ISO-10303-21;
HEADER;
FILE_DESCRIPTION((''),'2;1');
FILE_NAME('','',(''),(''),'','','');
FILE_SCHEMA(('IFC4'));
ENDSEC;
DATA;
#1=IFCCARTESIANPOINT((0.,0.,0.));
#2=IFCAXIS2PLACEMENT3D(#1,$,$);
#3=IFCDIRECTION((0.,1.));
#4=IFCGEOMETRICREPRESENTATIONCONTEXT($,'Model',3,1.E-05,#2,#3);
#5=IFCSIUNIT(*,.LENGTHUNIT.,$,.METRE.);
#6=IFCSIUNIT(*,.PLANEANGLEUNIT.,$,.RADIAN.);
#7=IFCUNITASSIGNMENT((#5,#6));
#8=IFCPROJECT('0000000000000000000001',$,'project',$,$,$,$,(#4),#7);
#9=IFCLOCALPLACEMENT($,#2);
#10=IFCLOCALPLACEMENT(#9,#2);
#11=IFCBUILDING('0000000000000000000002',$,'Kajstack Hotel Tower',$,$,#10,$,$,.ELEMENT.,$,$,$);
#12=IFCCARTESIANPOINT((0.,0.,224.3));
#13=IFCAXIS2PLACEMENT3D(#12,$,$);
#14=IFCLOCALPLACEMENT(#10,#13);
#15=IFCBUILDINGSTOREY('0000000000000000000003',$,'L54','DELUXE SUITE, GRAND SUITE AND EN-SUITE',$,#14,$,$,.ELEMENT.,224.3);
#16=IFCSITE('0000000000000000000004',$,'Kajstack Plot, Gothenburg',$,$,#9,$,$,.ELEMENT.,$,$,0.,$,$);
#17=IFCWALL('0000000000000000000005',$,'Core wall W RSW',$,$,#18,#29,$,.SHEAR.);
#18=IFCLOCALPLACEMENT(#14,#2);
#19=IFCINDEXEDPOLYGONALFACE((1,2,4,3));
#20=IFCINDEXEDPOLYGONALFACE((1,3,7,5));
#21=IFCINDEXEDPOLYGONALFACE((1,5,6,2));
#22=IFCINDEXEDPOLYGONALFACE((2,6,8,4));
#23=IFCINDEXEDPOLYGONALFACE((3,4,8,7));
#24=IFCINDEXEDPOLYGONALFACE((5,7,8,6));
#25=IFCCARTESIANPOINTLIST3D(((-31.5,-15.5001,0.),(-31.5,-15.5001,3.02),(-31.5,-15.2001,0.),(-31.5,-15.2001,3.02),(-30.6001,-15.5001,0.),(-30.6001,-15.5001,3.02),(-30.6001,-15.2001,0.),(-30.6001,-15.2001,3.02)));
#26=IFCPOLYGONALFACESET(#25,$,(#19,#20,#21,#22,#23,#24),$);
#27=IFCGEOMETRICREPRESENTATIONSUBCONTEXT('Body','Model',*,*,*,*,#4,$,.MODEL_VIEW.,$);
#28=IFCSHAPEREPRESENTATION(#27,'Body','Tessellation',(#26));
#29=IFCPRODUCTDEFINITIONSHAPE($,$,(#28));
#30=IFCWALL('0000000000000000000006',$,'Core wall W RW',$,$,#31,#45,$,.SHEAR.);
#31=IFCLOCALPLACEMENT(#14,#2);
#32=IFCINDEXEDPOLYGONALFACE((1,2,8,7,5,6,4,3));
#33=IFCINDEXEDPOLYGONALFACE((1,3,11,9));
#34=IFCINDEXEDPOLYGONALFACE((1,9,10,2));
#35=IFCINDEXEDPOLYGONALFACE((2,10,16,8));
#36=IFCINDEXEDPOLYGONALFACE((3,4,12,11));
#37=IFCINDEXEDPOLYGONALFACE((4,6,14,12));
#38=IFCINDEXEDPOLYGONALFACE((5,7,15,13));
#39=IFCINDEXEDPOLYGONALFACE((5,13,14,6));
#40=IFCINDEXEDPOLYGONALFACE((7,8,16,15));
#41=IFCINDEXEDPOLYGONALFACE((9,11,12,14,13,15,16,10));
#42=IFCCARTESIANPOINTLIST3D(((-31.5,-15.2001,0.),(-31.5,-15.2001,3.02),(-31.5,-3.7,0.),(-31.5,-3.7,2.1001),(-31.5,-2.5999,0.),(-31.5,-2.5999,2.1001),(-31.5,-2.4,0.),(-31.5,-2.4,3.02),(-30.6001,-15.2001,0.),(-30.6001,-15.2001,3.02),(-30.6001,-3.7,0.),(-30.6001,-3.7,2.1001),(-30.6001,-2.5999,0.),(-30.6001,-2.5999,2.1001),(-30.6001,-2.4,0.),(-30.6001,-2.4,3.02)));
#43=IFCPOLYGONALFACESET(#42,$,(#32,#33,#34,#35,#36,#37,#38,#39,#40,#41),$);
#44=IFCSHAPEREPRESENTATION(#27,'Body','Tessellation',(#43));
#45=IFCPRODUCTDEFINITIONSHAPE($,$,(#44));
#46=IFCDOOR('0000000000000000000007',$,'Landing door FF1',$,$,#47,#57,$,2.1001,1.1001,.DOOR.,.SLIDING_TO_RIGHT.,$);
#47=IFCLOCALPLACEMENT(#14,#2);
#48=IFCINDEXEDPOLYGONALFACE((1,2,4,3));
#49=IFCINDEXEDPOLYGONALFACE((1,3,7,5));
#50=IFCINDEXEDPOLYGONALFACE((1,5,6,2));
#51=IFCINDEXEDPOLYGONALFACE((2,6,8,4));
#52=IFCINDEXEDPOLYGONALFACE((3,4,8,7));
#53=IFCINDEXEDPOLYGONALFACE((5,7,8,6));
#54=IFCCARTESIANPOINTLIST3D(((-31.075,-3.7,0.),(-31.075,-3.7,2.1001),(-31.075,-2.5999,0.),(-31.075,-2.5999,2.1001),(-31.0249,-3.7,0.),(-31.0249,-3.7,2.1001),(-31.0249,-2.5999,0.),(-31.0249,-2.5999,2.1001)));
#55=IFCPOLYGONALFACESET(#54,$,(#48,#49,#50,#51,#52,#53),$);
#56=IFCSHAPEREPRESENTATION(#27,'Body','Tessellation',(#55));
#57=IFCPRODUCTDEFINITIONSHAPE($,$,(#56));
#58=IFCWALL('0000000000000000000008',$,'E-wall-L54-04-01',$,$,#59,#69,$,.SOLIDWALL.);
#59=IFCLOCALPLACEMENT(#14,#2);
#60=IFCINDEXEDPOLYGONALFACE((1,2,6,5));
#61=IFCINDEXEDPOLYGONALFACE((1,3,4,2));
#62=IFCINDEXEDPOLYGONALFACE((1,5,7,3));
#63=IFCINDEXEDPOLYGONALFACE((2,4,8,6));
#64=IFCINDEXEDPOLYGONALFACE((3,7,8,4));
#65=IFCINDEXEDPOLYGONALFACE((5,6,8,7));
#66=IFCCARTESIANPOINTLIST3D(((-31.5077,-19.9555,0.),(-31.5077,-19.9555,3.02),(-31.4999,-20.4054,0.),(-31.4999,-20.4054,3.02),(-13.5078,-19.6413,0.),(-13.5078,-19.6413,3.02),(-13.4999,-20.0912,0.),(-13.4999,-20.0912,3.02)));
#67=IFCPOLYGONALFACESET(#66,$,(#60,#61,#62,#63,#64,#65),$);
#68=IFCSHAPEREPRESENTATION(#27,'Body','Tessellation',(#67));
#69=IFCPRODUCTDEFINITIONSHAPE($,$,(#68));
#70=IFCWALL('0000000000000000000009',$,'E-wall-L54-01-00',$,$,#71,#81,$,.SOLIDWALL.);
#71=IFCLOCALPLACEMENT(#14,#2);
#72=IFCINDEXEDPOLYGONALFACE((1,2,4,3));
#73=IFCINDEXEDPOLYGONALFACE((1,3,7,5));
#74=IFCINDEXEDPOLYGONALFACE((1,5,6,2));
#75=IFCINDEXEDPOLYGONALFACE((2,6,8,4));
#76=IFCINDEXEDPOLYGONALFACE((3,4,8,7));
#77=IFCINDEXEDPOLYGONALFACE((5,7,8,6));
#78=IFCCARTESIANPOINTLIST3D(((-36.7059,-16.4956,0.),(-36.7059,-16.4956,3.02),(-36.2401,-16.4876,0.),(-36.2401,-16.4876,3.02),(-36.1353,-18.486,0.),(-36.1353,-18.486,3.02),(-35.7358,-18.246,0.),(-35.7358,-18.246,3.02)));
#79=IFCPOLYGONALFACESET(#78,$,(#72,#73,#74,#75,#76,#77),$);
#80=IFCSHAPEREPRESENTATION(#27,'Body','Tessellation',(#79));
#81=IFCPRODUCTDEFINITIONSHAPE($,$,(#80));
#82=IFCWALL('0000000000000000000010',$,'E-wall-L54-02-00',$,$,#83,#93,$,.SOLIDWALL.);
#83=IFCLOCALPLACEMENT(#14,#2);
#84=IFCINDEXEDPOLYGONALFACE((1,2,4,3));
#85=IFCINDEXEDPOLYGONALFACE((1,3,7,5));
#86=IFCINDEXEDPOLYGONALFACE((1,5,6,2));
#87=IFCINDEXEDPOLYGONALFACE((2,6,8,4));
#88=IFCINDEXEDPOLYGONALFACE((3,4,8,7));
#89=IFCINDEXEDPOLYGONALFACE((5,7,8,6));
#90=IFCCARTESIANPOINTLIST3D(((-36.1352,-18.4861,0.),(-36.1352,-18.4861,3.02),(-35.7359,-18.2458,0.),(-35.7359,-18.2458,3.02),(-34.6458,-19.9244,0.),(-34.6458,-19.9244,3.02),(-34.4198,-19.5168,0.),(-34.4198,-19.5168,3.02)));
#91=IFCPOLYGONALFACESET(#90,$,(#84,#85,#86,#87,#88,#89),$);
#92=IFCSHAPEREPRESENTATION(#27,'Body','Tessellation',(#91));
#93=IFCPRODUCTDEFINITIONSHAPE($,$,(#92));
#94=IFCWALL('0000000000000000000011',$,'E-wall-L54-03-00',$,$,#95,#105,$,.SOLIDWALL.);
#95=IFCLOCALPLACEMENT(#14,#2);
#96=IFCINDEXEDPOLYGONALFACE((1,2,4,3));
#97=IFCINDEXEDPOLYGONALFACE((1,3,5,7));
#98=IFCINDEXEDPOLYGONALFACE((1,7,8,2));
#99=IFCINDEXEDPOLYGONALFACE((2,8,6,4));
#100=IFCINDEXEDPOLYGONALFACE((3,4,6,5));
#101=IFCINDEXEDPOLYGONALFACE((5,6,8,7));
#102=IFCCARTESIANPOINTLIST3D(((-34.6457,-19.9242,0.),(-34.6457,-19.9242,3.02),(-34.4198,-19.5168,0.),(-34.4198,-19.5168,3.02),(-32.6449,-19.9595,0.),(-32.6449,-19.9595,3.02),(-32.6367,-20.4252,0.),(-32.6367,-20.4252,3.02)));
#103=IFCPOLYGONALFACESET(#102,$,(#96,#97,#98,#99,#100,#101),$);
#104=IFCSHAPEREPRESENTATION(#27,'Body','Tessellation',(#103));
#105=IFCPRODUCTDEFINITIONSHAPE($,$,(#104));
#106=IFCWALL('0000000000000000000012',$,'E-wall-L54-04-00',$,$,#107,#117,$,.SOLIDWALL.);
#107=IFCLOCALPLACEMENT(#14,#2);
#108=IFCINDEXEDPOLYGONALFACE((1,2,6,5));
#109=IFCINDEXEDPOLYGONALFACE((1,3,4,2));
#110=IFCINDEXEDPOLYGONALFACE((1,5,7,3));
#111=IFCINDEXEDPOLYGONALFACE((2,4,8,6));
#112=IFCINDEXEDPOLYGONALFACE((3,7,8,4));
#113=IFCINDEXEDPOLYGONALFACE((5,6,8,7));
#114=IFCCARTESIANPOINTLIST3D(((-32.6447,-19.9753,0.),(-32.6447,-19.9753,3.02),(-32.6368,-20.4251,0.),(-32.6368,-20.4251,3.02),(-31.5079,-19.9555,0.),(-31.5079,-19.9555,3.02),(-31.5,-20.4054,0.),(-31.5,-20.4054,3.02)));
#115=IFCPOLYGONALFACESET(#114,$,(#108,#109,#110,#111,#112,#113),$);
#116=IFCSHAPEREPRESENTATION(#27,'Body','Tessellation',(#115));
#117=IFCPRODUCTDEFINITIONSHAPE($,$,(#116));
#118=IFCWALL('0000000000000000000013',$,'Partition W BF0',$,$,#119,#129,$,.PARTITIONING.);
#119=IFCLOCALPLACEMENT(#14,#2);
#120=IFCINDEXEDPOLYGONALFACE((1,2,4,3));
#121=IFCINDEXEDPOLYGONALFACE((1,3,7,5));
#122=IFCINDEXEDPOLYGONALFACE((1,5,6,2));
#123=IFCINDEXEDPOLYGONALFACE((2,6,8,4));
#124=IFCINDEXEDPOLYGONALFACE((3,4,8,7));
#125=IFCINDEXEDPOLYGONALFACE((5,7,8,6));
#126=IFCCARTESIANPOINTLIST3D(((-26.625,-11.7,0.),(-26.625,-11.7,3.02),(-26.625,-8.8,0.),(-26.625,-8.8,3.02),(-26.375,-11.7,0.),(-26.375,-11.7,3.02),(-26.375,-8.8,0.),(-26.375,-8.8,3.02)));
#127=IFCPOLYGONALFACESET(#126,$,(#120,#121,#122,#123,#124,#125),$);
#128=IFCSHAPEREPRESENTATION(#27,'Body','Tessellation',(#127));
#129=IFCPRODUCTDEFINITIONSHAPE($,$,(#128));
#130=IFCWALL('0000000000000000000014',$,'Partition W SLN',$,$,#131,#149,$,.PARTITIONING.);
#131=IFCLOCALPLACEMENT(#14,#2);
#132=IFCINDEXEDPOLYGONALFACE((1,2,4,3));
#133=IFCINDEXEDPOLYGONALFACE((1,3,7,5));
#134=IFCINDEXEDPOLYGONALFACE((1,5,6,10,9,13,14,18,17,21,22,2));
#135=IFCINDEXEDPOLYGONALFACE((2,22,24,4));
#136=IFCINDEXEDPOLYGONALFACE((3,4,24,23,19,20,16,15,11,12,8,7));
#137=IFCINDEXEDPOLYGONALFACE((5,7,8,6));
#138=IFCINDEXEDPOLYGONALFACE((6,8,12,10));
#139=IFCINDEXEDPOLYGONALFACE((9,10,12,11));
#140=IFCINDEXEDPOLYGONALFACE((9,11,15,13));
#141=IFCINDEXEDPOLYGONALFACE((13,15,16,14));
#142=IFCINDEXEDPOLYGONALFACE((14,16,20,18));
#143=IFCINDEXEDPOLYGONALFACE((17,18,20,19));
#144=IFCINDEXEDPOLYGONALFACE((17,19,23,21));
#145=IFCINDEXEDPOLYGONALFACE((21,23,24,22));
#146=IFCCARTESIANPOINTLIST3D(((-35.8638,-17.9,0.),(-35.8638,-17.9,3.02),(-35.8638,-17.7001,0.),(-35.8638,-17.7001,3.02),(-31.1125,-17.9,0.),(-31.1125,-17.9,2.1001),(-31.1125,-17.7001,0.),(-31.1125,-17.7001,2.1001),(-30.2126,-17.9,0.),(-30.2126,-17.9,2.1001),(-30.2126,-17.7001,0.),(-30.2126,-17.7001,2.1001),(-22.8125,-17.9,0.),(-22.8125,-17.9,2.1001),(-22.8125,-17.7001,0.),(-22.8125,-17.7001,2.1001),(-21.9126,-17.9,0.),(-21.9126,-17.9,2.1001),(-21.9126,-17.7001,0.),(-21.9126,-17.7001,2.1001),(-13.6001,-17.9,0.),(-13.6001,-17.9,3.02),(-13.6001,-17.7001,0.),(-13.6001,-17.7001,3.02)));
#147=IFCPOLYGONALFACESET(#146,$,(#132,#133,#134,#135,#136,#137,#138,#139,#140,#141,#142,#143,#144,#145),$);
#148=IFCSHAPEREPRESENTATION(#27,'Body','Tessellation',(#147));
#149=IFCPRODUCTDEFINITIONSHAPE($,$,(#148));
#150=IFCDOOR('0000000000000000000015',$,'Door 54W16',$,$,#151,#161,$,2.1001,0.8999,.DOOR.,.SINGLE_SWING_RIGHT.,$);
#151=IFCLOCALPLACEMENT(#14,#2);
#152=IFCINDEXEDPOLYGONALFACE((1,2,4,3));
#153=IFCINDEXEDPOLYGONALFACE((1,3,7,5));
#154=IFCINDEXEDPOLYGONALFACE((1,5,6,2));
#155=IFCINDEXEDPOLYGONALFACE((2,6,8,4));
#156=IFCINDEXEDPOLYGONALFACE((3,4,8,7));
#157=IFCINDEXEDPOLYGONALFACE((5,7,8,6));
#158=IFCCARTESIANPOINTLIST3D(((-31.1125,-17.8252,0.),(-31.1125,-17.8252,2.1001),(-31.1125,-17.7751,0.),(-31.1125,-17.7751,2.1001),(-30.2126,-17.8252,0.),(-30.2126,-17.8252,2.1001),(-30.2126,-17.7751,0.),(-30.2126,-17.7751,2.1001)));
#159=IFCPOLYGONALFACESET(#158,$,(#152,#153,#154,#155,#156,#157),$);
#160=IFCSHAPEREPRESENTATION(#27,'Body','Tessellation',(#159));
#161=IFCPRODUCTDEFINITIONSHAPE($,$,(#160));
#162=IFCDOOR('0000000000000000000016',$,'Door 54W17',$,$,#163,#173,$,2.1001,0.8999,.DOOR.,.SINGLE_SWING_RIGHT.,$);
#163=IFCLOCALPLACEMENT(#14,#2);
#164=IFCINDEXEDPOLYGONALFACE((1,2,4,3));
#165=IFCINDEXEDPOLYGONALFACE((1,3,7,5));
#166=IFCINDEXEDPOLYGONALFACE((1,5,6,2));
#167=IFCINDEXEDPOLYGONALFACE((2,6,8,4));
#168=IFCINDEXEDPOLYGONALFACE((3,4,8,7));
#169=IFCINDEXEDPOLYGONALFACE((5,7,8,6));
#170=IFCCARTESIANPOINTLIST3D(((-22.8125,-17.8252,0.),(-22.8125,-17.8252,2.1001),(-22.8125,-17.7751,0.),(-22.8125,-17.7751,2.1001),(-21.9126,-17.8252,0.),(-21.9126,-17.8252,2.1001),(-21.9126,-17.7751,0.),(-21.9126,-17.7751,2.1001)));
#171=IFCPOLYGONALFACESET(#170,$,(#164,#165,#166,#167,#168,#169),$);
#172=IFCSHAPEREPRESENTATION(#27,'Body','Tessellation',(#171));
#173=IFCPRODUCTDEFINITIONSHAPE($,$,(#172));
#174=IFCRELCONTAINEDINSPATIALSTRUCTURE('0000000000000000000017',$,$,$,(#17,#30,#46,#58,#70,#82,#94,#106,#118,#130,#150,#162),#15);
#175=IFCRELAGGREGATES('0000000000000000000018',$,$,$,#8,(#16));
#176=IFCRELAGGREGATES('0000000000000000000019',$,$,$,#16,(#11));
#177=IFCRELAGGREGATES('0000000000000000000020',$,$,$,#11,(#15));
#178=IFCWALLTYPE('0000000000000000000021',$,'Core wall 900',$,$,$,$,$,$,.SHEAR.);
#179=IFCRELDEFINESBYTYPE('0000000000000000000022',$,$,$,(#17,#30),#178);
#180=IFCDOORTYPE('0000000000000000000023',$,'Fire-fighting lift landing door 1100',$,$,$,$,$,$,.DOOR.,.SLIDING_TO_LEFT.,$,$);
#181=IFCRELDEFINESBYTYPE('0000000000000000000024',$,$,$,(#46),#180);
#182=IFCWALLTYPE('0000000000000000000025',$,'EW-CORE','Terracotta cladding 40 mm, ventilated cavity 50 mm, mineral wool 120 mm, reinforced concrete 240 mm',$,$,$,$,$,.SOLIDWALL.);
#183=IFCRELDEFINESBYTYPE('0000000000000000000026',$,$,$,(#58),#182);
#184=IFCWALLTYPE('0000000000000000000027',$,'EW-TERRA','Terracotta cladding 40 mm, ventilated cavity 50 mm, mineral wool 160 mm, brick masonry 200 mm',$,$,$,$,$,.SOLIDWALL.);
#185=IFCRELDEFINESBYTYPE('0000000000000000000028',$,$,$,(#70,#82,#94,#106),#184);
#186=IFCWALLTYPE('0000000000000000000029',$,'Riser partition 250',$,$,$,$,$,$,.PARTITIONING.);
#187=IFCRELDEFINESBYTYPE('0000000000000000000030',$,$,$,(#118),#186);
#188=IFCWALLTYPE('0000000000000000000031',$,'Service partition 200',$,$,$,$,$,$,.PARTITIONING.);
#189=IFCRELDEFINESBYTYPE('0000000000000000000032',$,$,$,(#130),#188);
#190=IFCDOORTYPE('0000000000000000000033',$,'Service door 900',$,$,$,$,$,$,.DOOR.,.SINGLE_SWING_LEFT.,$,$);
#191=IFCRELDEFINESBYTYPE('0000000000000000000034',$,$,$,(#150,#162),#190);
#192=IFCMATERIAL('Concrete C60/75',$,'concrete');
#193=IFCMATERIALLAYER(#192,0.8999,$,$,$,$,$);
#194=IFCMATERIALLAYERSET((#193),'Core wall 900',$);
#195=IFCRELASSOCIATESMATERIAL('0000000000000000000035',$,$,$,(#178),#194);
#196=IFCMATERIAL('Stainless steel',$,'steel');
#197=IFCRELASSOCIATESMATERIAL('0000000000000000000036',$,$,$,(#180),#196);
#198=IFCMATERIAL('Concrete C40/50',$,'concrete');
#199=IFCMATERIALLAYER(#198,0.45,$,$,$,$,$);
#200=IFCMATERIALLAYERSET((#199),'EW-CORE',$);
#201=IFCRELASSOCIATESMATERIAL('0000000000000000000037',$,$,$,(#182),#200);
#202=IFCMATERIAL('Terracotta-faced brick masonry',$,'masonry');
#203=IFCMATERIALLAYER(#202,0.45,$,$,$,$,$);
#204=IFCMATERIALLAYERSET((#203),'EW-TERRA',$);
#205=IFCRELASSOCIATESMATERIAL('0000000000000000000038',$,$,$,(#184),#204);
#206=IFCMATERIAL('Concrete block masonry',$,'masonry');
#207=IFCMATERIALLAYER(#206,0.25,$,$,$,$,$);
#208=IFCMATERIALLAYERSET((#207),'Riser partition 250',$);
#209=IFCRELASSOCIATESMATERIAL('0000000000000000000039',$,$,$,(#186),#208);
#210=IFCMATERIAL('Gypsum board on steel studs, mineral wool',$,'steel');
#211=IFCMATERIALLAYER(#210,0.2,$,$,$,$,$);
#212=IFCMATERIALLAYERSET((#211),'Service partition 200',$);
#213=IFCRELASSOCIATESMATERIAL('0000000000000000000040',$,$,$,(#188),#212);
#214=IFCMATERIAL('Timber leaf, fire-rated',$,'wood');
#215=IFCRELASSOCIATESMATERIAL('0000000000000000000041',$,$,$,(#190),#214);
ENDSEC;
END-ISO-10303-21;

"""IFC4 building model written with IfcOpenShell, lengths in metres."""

from ifc_helpers import new_model, si_unit, direction, frame, frame_2d, origin, place, context, subcontext, project, spatial, polyline, rectangle, outline, extrude, material, layer, layer_set, type_object, element, fill, save


model = new_model("IFC4")

# Units and contexts
model_context = context("Model", 3, precision=1e-05, world=origin(), true_north=direction((0.0, 1.0)))
body_context = subcontext(model_context, "Body", "Model", "MODEL_VIEW")
ifc_project = project(units=[si_unit("LENGTHUNIT", "METRE"), si_unit("PLANEANGLEUNIT", "RADIAN")], contexts=[model_context])

# Site, building, storey
site_placement = place(None, origin())
site = spatial("IfcSite", under=ifc_project, at=site_placement, Name="Kajstack Plot, Gothenburg", CompositionType="ELEMENT", RefElevation=0.0)
building_placement = place(site_placement, origin())
building = spatial("IfcBuilding", under=site, at=building_placement, Name="Kajstack Hotel Tower", CompositionType="ELEMENT")
storey_placement = place(building_placement, frame((0.0, 0.0, 224.3)))
storey = spatial("IfcBuildingStorey", under=building, at=storey_placement, Name="L54", Description="DELUXE SUITE, GRAND SUITE AND EN-SUITE", CompositionType="ELEMENT", Elevation=224.3)

# Wall
ifc_material_1 = material(Name="Concrete C60/75", Category="concrete")
ifc_layer_1 = layer(ifc_material_1, 0.8999)
ifc_layer_set_1 = layer_set([ifc_layer_1], Name="Core wall 900")
wall_type_1 = type_object("IfcWallType", Name="Core wall 900", PredefinedType="SHEAR", material=ifc_layer_set_1)
wall_1_placement = place(storey_placement, frame((-31.5, -15.3501, 0.0), z_axis=(0.0, 0.0, 1.0), x_axis=(1.0, 0.0, 0.0)))
element("IfcWall", 1, at=wall_1_placement, inside=storey, type_object=wall_type_1, Name="Core wall W RSW", PredefinedType="SHEAR", context=body_context, shape_type="SweptSolid", body=[
    extrude(rectangle(XDim=0.8999, YDim=0.3, at=frame_2d((0.45, 0.0))), origin(), (0.0, 0.0, 1.0), 3.02),
])

# Wall, opening, door
wall_2_placement = place(storey_placement, frame((-31.05, -15.2, 0.0), z_axis=(0.0, 0.0, 1.0), x_axis=(0.0, 1.0, 0.0)))
wall_2 = element("IfcWall", 2, at=wall_2_placement, inside=storey, type_object=wall_type_1, Name="Core wall W RW", PredefinedType="SHEAR", context=body_context, shape_type="SweptSolid", body=[
    extrude(rectangle(XDim=12.8, YDim=0.8999, at=frame_2d((6.3999, 0.0))), origin(), (0.0, 0.0, 1.0), 3.02),
])
opening_1_placement = place(wall_2_placement, frame((11.5, 0.0, 0.0)))
opening_1 = element("IfcOpeningElement", 3, at=opening_1_placement, cuts=wall_2, PredefinedType="OPENING", context=body_context, shape_type="SweptSolid", body=[
    extrude(rectangle(XDim=1.1001, YDim=2.1001, at=frame_2d((0.55, 1.05))), frame((0.0, 0.46, 0.0), z_axis=(0.0, -1.0, 0.0), x_axis=(1.0, 0.0, 0.0)), (0.0, 0.0, 1.0), 0.9199),
])
ifc_material_2 = material(Name="Stainless steel", Category="steel")
door_type_1 = type_object("IfcDoorType", Name="Fire-fighting lift landing door 1100", OperationType="SLIDING_TO_LEFT", PredefinedType="DOOR", material=ifc_material_2)
door_1_placement = place(opening_1_placement, origin())
door_1 = element("IfcDoor", 4, at=door_1_placement, inside=storey, type_object=door_type_1, Name="Landing door FF1", OperationType="SLIDING_TO_RIGHT", OverallHeight=2.1001, OverallWidth=1.1001, PredefinedType="DOOR", context=body_context, shape_type="SweptSolid", body=[
    extrude(rectangle(XDim=1.1001, YDim=2.1001, at=frame_2d((0.55, 1.05))), frame((0.0, 0.0249, 0.0), z_axis=(0.0, -1.0, 0.0), x_axis=(1.0, 0.0, 0.0)), (0.0, 0.0, 1.0), 0.05),
])
fill(opening_1, door_1)

# Walls
ifc_material_3 = material(Name="Concrete C40/50", Category="concrete")
ifc_layer_2 = layer(ifc_material_3, 0.45)
ifc_layer_set_2 = layer_set([ifc_layer_2], Name="EW-CORE")
wall_type_2 = type_object("IfcWallType", Name="EW-CORE", Description="Terracotta cladding 40 mm, ventilated cavity 50 mm, mineral wool 120 mm, reinforced concrete 240 mm", PredefinedType="SOLIDWALL", material=ifc_layer_set_2)
wall_3_placement = place(storey_placement, frame((-31.5039, -20.1804, 0.0), z_axis=(0.0, 0.0, 1.0), x_axis=(0.999848, 0.017453, 0.0)))
element("IfcWall", 5, at=wall_3_placement, inside=storey, type_object=wall_type_2, Name="E-wall-L54-04-01", PredefinedType="SOLIDWALL", context=body_context, shape_type="SweptSolid", body=[
    extrude(rectangle(XDim=18.0027, YDim=0.45, at=frame_2d((9.0015, 0.0))), origin(), (0.0, 0.0, 1.0), 3.02),
])
ifc_material_4 = material(Name="Terracotta-faced brick masonry", Category="masonry")
ifc_layer_3 = layer(ifc_material_4, 0.45)
ifc_layer_set_3 = layer_set([ifc_layer_3], Name="EW-TERRA")
wall_type_3 = type_object("IfcWallType", Name="EW-TERRA", Description="Terracotta cladding 40 mm, ventilated cavity 50 mm, mineral wool 160 mm, brick masonry 200 mm", PredefinedType="SOLIDWALL", material=ifc_layer_set_3)
wall_4_placement = place(storey_placement, frame((-36.4895, -16.4336, 0.0), z_axis=(0.0, 0.0, 1.0), x_axis=(0.275578, -0.961279, 0.0)))
element("IfcWall", 6, at=wall_4_placement, inside=storey, type_object=wall_type_3, Name="E-wall-L54-01-00", PredefinedType="SOLIDWALL", context=body_context, shape_type="SweptSolid", body=[
    extrude(outline(polyline([(0.0, -0.2251), (2.0706, -0.2251), (1.95, 0.2251), (0.1206, 0.2249), (0.0, -0.2251)])), origin(), (0.0, 0.0, 1.0), 3.02),
])
wall_5_placement = place(storey_placement, frame((-35.979, -18.324, 0.0), z_axis=(0.0, 0.0, 1.0), x_axis=(0.71932, -0.694679, 0.0)))
element("IfcWall", 7, at=wall_5_placement, inside=storey, type_object=wall_type_3, Name="E-wall-L54-02-00", PredefinedType="SOLIDWALL", context=body_context, shape_type="SweptSolid", body=[
    extrude(outline(polyline([(0.0002, -0.2251), (2.0708, -0.2251), (1.9502, 0.2251), (0.1206, 0.2251), (0.0002, -0.2251)])), origin(), (0.0, 0.0, 1.0), 3.02),
])
wall_6_placement = place(storey_placement, frame((-34.5913, -19.7061, 0.0), z_axis=(0.0, 0.0, 1.0), x_axis=(0.970316, -0.241842, 0.0)))
element("IfcWall", 8, at=wall_6_placement, inside=storey, type_object=wall_type_3, Name="E-wall-L54-03-00", PredefinedType="SOLIDWALL", context=body_context, shape_type="SweptSolid", body=[
    extrude(outline(polyline([(0.0, -0.2249), (2.0706, -0.2251), (1.95, 0.2249), (0.1206, 0.2251), (0.0, -0.2249)])), origin(), (0.0, 0.0, 1.0), 3.02),
])
wall_7_placement = place(storey_placement, frame((-32.6406, -20.2002, 0.0), z_axis=(0.0, 0.0, 1.0), x_axis=(0.999849, 0.017394, 0.0)))
element("IfcWall", 9, at=wall_7_placement, inside=storey, type_object=wall_type_3, Name="E-wall-L54-04-00", PredefinedType="SOLIDWALL", context=body_context, shape_type="SweptSolid", body=[
    extrude(rectangle(XDim=1.137, YDim=0.45, at=frame_2d((0.5684, 0.0))), origin(), (0.0, 0.0, 1.0), 3.02),
])
ifc_material_5 = material(Name="Concrete block masonry", Category="masonry")
ifc_layer_4 = layer(ifc_material_5, 0.25)
ifc_layer_set_4 = layer_set([ifc_layer_4], Name="Riser partition 250")
wall_type_4 = type_object("IfcWallType", Name="Riser partition 250", PredefinedType="PARTITIONING", material=ifc_layer_set_4)
wall_8_placement = place(storey_placement, frame((-26.5, -11.7, 0.0), z_axis=(0.0, 0.0, 1.0), x_axis=(0.0, 1.0, 0.0)))
element("IfcWall", 10, at=wall_8_placement, inside=storey, type_object=wall_type_4, Name="Partition W BF0", PredefinedType="PARTITIONING", context=body_context, shape_type="SweptSolid", body=[
    extrude(rectangle(XDim=2.8999, YDim=0.25, at=frame_2d((1.45, 0.0))), origin(), (0.0, 0.0, 1.0), 3.02),
])

# Wall, openings, doors
ifc_material_6 = material(Name="Gypsum board on steel studs, mineral wool", Category="steel")
ifc_layer_5 = layer(ifc_material_6, 0.2)
ifc_layer_set_5 = layer_set([ifc_layer_5], Name="Service partition 200")
wall_type_5 = type_object("IfcWallType", Name="Service partition 200", PredefinedType="PARTITIONING", material=ifc_layer_set_5)
wall_9_placement = place(storey_placement, frame((-35.8638, -17.8, 0.0), z_axis=(0.0, 0.0, 1.0), x_axis=(1.0, 0.0, 0.0)))
wall_9 = element("IfcWall", 11, at=wall_9_placement, inside=storey, type_object=wall_type_5, Name="Partition W SLN", PredefinedType="PARTITIONING", context=body_context, shape_type="SweptSolid", body=[
    extrude(rectangle(XDim=22.2637, YDim=0.2, at=frame_2d((11.1318, 0.0))), origin(), (0.0, 0.0, 1.0), 3.02),
])
opening_2_placement = place(wall_9_placement, frame((4.7512, 0.0, 0.0)))
opening_2 = element("IfcOpeningElement", 12, at=opening_2_placement, cuts=wall_9, PredefinedType="OPENING", context=body_context, shape_type="SweptSolid", body=[
    extrude(rectangle(XDim=0.8999, YDim=2.1001, at=frame_2d((0.45, 1.05))), frame((0.0, 0.1099, 0.0), z_axis=(0.0, -1.0, 0.0), x_axis=(1.0, 0.0, 0.0)), (0.0, 0.0, 1.0), 0.22),
])
opening_3_placement = place(wall_9_placement, frame((13.0513, 0.0, 0.0)))
opening_3 = element("IfcOpeningElement", 13, at=opening_3_placement, cuts=wall_9, PredefinedType="OPENING", context=body_context, shape_type="SweptSolid", body=[
    extrude(rectangle(XDim=0.8999, YDim=2.1001, at=frame_2d((0.45, 1.05))), frame((0.0, 0.1099, 0.0), z_axis=(0.0, -1.0, 0.0), x_axis=(1.0, 0.0, 0.0)), (0.0, 0.0, 1.0), 0.22),
])
ifc_material_7 = material(Name="Timber leaf, fire-rated", Category="wood")
door_type_2 = type_object("IfcDoorType", Name="Service door 900", OperationType="SINGLE_SWING_LEFT", PredefinedType="DOOR", material=ifc_material_7)
door_2_placement = place(opening_2_placement, origin())
door_2 = element("IfcDoor", 14, at=door_2_placement, inside=storey, type_object=door_type_2, Name="Door 54W16", OperationType="SINGLE_SWING_RIGHT", OverallHeight=2.1001, OverallWidth=0.8999, PredefinedType="DOOR", context=body_context, shape_type="SweptSolid", body=[
    extrude(rectangle(XDim=0.8999, YDim=2.1001, at=frame_2d((0.45, 1.05))), frame((0.0, 0.0249, 0.0), z_axis=(0.0, -1.0, 0.0), x_axis=(1.0, 0.0, 0.0)), (0.0, 0.0, 1.0), 0.05),
])
fill(opening_2, door_2)
door_3_placement = place(opening_3_placement, origin())
door_3 = element("IfcDoor", 15, at=door_3_placement, inside=storey, type_object=door_type_2, Name="Door 54W17", OperationType="SINGLE_SWING_RIGHT", OverallHeight=2.1001, OverallWidth=0.8999, PredefinedType="DOOR", context=body_context, shape_type="SweptSolid", body=[
    extrude(rectangle(XDim=0.8999, YDim=2.1001, at=frame_2d((0.45, 1.05))), frame((0.0, 0.0249, 0.0), z_axis=(0.0, -1.0, 0.0), x_axis=(1.0, 0.0, 0.0)), (0.0, 0.0, 1.0), 0.05),
])
fill(opening_3, door_3)

save(model, "model.ifc")
